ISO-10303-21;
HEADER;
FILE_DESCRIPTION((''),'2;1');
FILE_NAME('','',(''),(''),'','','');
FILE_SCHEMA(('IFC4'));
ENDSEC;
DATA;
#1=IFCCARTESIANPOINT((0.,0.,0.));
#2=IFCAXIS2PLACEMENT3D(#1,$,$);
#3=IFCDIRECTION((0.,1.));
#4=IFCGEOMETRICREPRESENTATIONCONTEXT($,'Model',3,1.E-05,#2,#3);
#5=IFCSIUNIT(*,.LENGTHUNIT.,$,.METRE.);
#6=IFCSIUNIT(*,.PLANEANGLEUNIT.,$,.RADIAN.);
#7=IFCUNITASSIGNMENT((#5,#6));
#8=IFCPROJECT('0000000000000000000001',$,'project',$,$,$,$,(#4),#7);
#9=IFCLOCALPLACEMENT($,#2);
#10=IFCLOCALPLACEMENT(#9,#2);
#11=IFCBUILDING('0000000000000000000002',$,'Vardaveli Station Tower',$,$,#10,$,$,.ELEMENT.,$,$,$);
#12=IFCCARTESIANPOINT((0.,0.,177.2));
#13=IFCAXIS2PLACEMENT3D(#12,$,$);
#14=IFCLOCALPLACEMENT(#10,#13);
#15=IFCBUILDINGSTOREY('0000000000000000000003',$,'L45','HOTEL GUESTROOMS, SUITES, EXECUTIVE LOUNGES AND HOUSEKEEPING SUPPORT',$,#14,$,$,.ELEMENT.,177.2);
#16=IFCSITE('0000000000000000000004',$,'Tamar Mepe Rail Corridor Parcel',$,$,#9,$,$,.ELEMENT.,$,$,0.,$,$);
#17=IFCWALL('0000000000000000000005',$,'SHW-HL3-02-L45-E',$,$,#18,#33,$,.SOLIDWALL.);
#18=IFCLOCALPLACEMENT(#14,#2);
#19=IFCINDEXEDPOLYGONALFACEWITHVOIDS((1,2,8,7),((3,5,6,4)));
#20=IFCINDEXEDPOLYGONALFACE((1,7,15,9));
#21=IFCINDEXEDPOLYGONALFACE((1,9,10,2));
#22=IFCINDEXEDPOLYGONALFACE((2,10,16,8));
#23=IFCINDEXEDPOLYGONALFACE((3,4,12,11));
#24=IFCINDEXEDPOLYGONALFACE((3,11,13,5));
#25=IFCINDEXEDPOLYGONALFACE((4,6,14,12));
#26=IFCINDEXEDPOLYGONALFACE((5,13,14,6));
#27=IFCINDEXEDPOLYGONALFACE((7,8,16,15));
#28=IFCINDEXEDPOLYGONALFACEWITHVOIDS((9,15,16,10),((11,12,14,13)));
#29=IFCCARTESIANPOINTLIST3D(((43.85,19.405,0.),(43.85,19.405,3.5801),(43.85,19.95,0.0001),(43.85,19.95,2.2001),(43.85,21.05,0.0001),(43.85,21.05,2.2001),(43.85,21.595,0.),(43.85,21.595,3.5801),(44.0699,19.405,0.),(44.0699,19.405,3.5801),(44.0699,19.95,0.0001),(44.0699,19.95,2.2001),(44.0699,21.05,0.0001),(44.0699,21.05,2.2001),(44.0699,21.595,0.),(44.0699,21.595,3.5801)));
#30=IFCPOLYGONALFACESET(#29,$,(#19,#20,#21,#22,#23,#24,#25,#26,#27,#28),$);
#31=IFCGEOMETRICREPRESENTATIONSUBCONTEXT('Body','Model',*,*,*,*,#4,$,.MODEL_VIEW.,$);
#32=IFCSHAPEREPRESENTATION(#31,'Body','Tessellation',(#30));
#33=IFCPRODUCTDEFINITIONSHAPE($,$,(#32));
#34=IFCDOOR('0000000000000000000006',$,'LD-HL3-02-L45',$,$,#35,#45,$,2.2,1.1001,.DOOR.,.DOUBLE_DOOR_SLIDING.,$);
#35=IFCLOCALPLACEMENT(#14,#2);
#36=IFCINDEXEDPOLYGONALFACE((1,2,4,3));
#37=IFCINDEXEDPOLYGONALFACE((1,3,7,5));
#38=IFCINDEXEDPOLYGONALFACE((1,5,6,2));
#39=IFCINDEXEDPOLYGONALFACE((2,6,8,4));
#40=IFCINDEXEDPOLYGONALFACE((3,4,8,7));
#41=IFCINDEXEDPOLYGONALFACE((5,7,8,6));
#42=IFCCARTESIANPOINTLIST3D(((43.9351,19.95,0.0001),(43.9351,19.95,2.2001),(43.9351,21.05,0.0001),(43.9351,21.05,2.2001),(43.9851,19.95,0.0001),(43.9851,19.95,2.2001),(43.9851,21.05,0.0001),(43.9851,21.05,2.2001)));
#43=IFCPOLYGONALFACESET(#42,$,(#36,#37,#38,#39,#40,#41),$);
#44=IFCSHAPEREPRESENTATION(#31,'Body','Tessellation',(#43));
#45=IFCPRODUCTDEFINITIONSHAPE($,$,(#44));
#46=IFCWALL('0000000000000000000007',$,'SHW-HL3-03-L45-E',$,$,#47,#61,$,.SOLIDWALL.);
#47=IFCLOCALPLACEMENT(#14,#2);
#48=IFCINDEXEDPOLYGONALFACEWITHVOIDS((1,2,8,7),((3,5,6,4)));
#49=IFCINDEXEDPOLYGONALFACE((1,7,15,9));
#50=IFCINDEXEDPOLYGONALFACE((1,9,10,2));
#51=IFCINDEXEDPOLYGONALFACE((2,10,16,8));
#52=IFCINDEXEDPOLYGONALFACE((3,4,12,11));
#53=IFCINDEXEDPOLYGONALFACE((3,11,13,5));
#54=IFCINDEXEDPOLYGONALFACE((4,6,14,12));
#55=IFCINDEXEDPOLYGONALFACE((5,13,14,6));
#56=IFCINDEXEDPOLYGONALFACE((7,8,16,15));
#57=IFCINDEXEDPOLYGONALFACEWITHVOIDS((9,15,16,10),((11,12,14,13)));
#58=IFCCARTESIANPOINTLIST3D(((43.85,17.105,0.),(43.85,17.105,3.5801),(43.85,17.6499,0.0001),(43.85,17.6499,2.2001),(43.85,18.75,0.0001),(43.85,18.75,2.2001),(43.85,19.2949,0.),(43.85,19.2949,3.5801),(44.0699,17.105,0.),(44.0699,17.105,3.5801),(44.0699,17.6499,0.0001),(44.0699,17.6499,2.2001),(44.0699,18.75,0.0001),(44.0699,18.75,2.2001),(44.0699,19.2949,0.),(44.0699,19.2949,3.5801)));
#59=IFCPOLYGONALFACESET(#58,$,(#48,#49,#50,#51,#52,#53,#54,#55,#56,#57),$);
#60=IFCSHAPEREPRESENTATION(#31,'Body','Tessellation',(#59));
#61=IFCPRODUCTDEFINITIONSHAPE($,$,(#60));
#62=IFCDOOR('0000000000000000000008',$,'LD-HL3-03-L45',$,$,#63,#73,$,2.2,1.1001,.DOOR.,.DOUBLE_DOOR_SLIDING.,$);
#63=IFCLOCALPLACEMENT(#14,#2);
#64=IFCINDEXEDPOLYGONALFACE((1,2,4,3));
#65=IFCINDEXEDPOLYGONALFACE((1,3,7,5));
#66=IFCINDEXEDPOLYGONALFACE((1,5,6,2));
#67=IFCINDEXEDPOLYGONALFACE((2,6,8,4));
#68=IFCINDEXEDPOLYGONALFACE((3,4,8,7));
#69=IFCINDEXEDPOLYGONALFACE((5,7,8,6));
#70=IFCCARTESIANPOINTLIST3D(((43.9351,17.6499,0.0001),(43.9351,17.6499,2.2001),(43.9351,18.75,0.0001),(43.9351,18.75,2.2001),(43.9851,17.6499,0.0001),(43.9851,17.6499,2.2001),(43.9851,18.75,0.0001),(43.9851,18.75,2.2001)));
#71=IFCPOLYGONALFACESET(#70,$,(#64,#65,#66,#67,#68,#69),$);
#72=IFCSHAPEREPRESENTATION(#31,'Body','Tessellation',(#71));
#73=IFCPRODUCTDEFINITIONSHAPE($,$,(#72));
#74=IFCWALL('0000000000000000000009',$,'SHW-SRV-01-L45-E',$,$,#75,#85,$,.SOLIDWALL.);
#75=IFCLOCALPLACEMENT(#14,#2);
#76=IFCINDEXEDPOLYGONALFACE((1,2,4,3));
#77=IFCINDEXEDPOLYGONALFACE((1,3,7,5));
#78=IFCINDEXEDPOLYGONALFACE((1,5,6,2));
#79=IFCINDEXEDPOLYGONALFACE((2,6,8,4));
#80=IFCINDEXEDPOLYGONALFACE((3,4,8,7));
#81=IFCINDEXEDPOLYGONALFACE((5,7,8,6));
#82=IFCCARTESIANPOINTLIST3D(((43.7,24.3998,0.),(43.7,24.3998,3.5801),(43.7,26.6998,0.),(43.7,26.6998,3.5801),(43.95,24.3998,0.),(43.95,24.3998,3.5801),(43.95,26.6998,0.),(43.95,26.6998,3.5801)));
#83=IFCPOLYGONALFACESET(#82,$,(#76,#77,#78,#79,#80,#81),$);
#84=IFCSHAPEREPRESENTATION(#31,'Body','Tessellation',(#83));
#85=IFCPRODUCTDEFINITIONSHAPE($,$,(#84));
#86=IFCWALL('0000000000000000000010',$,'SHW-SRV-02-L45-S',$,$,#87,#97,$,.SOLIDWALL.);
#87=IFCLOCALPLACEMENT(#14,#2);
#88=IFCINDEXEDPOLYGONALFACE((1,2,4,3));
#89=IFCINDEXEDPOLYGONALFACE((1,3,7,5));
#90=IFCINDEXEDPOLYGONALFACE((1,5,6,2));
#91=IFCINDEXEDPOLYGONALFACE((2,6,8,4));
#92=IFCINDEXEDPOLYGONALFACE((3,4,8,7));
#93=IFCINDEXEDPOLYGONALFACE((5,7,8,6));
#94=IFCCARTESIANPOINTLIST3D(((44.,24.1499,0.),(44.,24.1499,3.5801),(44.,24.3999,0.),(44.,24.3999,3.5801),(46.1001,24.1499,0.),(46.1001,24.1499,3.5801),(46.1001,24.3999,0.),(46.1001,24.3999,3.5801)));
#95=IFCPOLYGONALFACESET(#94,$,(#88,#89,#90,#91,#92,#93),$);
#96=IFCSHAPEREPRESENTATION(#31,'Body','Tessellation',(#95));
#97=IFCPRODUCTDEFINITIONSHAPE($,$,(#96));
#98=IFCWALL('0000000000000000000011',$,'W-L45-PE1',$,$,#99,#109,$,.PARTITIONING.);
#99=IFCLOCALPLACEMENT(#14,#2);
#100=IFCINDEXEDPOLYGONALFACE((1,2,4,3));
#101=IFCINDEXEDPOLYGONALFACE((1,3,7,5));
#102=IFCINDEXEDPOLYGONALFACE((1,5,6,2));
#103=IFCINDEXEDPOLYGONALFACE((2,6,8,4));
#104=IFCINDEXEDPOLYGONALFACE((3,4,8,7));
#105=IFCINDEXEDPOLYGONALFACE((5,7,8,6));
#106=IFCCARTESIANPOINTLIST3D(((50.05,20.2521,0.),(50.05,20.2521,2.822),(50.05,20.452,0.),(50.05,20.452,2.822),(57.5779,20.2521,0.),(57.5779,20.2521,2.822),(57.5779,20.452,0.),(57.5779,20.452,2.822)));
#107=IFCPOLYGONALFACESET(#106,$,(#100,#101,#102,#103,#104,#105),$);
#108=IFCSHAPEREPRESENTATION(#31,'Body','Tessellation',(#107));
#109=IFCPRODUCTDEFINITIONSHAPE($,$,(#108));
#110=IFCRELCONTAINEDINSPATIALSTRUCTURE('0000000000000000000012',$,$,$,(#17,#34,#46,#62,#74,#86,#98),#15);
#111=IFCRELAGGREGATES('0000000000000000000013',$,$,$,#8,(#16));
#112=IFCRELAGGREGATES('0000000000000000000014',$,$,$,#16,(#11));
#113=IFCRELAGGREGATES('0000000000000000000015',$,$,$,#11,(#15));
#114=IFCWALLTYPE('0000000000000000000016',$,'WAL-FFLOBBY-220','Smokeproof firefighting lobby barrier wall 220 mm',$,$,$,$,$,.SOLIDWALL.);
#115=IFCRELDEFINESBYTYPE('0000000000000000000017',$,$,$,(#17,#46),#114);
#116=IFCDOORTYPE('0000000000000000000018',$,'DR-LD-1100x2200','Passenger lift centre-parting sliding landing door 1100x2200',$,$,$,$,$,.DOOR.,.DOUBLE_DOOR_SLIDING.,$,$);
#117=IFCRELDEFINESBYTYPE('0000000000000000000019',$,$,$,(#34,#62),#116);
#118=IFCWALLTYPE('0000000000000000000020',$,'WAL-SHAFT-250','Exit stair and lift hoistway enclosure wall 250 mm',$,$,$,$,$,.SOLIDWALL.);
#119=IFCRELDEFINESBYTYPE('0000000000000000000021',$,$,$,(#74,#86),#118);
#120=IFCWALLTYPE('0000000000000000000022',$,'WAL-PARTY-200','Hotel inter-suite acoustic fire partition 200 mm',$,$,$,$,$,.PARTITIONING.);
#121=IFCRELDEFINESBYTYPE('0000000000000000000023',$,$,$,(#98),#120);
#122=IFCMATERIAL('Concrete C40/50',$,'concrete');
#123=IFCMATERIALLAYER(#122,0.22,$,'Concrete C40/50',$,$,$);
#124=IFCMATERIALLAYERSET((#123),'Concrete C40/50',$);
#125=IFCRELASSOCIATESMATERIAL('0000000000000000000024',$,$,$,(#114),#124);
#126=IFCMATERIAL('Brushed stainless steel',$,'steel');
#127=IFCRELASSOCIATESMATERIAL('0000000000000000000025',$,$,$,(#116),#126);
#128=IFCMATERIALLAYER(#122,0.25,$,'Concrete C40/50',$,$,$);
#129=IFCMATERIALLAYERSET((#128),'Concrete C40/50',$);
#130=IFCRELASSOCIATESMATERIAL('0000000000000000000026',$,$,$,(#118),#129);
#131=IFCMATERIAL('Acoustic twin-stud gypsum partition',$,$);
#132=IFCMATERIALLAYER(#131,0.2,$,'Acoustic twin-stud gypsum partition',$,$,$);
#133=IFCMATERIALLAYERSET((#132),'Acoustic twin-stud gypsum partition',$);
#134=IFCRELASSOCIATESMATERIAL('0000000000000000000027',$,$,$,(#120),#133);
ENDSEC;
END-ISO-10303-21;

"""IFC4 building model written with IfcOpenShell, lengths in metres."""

from ifc_helpers import new_model, si_unit, direction, frame, frame_2d, origin, place, context, subcontext, project, spatial, rectangle, extrude, source, transform, mapped, material, layer, layer_set, type_object, element, fill, save


model = new_model("IFC4")

# Units and contexts
model_context = context("Model", 3, precision=1e-05, world=origin(), true_north=direction((0.0, 1.0)))
body_context = subcontext(model_context, "Body", "Model", "MODEL_VIEW")
ifc_project = project(units=[si_unit("LENGTHUNIT", "METRE"), si_unit("PLANEANGLEUNIT", "RADIAN")], contexts=[model_context])

# Site, building, storey
site_placement = place(None, origin())
site = spatial("IfcSite", under=ifc_project, at=site_placement, Name="Tamar Mepe Rail Corridor Parcel", CompositionType="ELEMENT", RefElevation=0.0)
building_placement = place(site_placement, origin())
building = spatial("IfcBuilding", under=site, at=building_placement, Name="Vardaveli Station Tower", CompositionType="ELEMENT")
storey_placement = place(building_placement, frame((0.0, 0.0, 177.2)))
storey = spatial("IfcBuildingStorey", under=building, at=storey_placement, Name="L45", Description="HOTEL GUESTROOMS, SUITES, EXECUTIVE LOUNGES AND HOUSEKEEPING SUPPORT", CompositionType="ELEMENT", Elevation=177.2)

# Walls, openings, doors
ifc_material_1 = material(Name="Concrete C40/50", Category="concrete")
ifc_layer_1 = layer(ifc_material_1, 0.22, Name="Concrete C40/50")
ifc_layer_set_1 = layer_set([ifc_layer_1], Name="Concrete C40/50")
wall_type_1 = type_object("IfcWallType", Name="WAL-FFLOBBY-220", Description="Smokeproof firefighting lobby barrier wall 220 mm", PredefinedType="SOLIDWALL", material=ifc_layer_set_1)
shared_shape_1 = source(origin(), body_context, "Body", "SweptSolid", [
    extrude(rectangle(XDim=2.1899, YDim=0.22, at=frame_2d((1.095, 0.0))), origin(), (0.0, 0.0, 1.0), 3.5801),
])
shared_shape_2 = source(origin(), body_context, "Body", "SweptSolid", [
    extrude(rectangle(XDim=1.1001, YDim=2.2, at=frame_2d((0.55, 1.1001))), frame((0.0, 0.1201, 0.0), z_axis=(0.0, -1.0, 0.0), x_axis=(1.0, 0.0, 0.0)), (0.0, 0.0, 1.0), 0.24),
])
ifc_material_2 = material(Name="Brushed stainless steel", Category="steel")
door_type = type_object("IfcDoorType", Name="DR-LD-1100x2200", Description="Passenger lift centre-parting sliding landing door 1100x2200", OperationType="DOUBLE_DOOR_SLIDING", PredefinedType="DOOR", material=ifc_material_2)
shared_shape_3 = source(origin(), body_context, "Body", "SweptSolid", [
    extrude(rectangle(XDim=1.1001, YDim=2.2, at=frame_2d((0.55, 1.1001))), frame((0.0, 0.0249, 0.0), z_axis=(0.0, -1.0, 0.0), x_axis=(1.0, 0.0, 0.0)), (0.0, 0.0, 1.0), 0.05),
])
wall_1_placement = place(storey_placement, frame((43.96, 19.405, 0.0), z_axis=(0.0, 0.0, 1.0), x_axis=(0.0, 1.0, 0.0)))
wall_1 = element("IfcWall", 1, at=wall_1_placement, inside=storey, type_object=wall_type_1, Name="SHW-HL3-02-L45-E", PredefinedType="SOLIDWALL", context=body_context, shape_type="MappedRepresentation", body=[
    mapped(shared_shape_1, transform((0.0, 0.0, 0.0), scale=1.0)),
])
opening_1_placement = place(wall_1_placement, frame((0.5449, 0.0, 0.0)))
opening_1 = element("IfcOpeningElement", 2, at=opening_1_placement, cuts=wall_1, PredefinedType="OPENING", context=body_context, shape_type="MappedRepresentation", body=[
    mapped(shared_shape_2, transform((0.0, 0.0, 0.0), scale=1.0)),
])
door_1_placement = place(opening_1_placement, origin())
door_1 = element("IfcDoor", 3, at=door_1_placement, inside=storey, type_object=door_type, Name="LD-HL3-02-L45", OperationType="DOUBLE_DOOR_SLIDING", OverallHeight=2.2, OverallWidth=1.1001, PredefinedType="DOOR", context=body_context, shape_type="MappedRepresentation", body=[
    mapped(shared_shape_3, transform((0.0, 0.0, 0.0), scale=1.0)),
])
fill(opening_1, door_1)
wall_2_placement = place(storey_placement, frame((43.96, 17.105, 0.0), z_axis=(0.0, 0.0, 1.0), x_axis=(0.0, 1.0, 0.0)))
wall_2 = element("IfcWall", 4, at=wall_2_placement, inside=storey, type_object=wall_type_1, Name="SHW-HL3-03-L45-E", PredefinedType="SOLIDWALL", context=body_context, shape_type="MappedRepresentation", body=[
    mapped(shared_shape_1, transform((0.0, 0.0, 0.0), scale=1.0)),
])
opening_2_placement = place(wall_2_placement, frame((0.5449, 0.0, 0.0)))
opening_2 = element("IfcOpeningElement", 5, at=opening_2_placement, cuts=wall_2, PredefinedType="OPENING", context=body_context, shape_type="MappedRepresentation", body=[
    mapped(shared_shape_2, transform((0.0, 0.0, 0.0), scale=1.0)),
])
door_2_placement = place(opening_2_placement, origin())
door_2 = element("IfcDoor", 6, at=door_2_placement, inside=storey, type_object=door_type, Name="LD-HL3-03-L45", OperationType="DOUBLE_DOOR_SLIDING", OverallHeight=2.2, OverallWidth=1.1001, PredefinedType="DOOR", context=body_context, shape_type="MappedRepresentation", body=[
    mapped(shared_shape_3, transform((0.0, 0.0, 0.0), scale=1.0)),
])
fill(opening_2, door_2)

# Walls
ifc_layer_2 = layer(ifc_material_1, 0.25, Name="Concrete C40/50")
ifc_layer_set_2 = layer_set([ifc_layer_2], Name="Concrete C40/50")
wall_type_2 = type_object("IfcWallType", Name="WAL-SHAFT-250", Description="Exit stair and lift hoistway enclosure wall 250 mm", PredefinedType="SOLIDWALL", material=ifc_layer_set_2)
shared_shape_4 = source(origin(), body_context, "Body", "SweptSolid", [
    extrude(rectangle(XDim=2.3, YDim=0.25, at=frame_2d((1.1499, 0.0))), origin(), (0.0, 0.0, 1.0), 3.5801),
])
wall_3_placement = place(storey_placement, frame((43.825, 24.3999, 0.0), z_axis=(0.0, 0.0, 1.0), x_axis=(0.0, 1.0, 0.0)))
element("IfcWall", 7, at=wall_3_placement, inside=storey, type_object=wall_type_2, Name="SHW-SRV-01-L45-E", PredefinedType="SOLIDWALL", context=body_context, shape_type="MappedRepresentation", body=[
    mapped(shared_shape_4, transform((0.0, 0.0, 0.0), scale=1.0)),
])
shared_shape_5 = source(origin(), body_context, "Body", "SweptSolid", [
    extrude(rectangle(XDim=2.1001, YDim=0.25, at=frame_2d((1.05, 0.0))), origin(), (0.0, 0.0, 1.0), 3.5801),
])
wall_4_placement = place(storey_placement, frame((44.0, 24.2749, 0.0), z_axis=(0.0, 0.0, 1.0), x_axis=(1.0, 0.0, 0.0)))
element("IfcWall", 8, at=wall_4_placement, inside=storey, type_object=wall_type_2, Name="SHW-SRV-02-L45-S", PredefinedType="SOLIDWALL", context=body_context, shape_type="MappedRepresentation", body=[
    mapped(shared_shape_5, transform((0.0, 0.0, 0.0), scale=1.0)),
])
ifc_material_3 = material(Name="Acoustic twin-stud gypsum partition")
ifc_layer_3 = layer(ifc_material_3, 0.2, Name="Acoustic twin-stud gypsum partition")
ifc_layer_set_3 = layer_set([ifc_layer_3], Name="Acoustic twin-stud gypsum partition")
wall_type_3 = type_object("IfcWallType", Name="WAL-PARTY-200", Description="Hotel inter-suite acoustic fire partition 200 mm", PredefinedType="PARTITIONING", material=ifc_layer_set_3)
shared_shape_6 = source(origin(), body_context, "Body", "SweptSolid", [
    extrude(rectangle(XDim=7.5278, YDim=0.2, at=frame_2d((3.7639, 0.0))), origin(), (0.0, 0.0, 1.0), 2.822),
])
wall_5_placement = place(storey_placement, frame((50.05, 20.3521, 0.0), z_axis=(0.0, 0.0, 1.0), x_axis=(1.0, 0.0, 0.0)))
element("IfcWall", 9, at=wall_5_placement, inside=storey, type_object=wall_type_3, Name="W-L45-PE1", PredefinedType="PARTITIONING", context=body_context, shape_type="MappedRepresentation", body=[
    mapped(shared_shape_6, transform((0.0, 0.0, 0.0), scale=1.0)),
])

save(model, "model.ifc")
